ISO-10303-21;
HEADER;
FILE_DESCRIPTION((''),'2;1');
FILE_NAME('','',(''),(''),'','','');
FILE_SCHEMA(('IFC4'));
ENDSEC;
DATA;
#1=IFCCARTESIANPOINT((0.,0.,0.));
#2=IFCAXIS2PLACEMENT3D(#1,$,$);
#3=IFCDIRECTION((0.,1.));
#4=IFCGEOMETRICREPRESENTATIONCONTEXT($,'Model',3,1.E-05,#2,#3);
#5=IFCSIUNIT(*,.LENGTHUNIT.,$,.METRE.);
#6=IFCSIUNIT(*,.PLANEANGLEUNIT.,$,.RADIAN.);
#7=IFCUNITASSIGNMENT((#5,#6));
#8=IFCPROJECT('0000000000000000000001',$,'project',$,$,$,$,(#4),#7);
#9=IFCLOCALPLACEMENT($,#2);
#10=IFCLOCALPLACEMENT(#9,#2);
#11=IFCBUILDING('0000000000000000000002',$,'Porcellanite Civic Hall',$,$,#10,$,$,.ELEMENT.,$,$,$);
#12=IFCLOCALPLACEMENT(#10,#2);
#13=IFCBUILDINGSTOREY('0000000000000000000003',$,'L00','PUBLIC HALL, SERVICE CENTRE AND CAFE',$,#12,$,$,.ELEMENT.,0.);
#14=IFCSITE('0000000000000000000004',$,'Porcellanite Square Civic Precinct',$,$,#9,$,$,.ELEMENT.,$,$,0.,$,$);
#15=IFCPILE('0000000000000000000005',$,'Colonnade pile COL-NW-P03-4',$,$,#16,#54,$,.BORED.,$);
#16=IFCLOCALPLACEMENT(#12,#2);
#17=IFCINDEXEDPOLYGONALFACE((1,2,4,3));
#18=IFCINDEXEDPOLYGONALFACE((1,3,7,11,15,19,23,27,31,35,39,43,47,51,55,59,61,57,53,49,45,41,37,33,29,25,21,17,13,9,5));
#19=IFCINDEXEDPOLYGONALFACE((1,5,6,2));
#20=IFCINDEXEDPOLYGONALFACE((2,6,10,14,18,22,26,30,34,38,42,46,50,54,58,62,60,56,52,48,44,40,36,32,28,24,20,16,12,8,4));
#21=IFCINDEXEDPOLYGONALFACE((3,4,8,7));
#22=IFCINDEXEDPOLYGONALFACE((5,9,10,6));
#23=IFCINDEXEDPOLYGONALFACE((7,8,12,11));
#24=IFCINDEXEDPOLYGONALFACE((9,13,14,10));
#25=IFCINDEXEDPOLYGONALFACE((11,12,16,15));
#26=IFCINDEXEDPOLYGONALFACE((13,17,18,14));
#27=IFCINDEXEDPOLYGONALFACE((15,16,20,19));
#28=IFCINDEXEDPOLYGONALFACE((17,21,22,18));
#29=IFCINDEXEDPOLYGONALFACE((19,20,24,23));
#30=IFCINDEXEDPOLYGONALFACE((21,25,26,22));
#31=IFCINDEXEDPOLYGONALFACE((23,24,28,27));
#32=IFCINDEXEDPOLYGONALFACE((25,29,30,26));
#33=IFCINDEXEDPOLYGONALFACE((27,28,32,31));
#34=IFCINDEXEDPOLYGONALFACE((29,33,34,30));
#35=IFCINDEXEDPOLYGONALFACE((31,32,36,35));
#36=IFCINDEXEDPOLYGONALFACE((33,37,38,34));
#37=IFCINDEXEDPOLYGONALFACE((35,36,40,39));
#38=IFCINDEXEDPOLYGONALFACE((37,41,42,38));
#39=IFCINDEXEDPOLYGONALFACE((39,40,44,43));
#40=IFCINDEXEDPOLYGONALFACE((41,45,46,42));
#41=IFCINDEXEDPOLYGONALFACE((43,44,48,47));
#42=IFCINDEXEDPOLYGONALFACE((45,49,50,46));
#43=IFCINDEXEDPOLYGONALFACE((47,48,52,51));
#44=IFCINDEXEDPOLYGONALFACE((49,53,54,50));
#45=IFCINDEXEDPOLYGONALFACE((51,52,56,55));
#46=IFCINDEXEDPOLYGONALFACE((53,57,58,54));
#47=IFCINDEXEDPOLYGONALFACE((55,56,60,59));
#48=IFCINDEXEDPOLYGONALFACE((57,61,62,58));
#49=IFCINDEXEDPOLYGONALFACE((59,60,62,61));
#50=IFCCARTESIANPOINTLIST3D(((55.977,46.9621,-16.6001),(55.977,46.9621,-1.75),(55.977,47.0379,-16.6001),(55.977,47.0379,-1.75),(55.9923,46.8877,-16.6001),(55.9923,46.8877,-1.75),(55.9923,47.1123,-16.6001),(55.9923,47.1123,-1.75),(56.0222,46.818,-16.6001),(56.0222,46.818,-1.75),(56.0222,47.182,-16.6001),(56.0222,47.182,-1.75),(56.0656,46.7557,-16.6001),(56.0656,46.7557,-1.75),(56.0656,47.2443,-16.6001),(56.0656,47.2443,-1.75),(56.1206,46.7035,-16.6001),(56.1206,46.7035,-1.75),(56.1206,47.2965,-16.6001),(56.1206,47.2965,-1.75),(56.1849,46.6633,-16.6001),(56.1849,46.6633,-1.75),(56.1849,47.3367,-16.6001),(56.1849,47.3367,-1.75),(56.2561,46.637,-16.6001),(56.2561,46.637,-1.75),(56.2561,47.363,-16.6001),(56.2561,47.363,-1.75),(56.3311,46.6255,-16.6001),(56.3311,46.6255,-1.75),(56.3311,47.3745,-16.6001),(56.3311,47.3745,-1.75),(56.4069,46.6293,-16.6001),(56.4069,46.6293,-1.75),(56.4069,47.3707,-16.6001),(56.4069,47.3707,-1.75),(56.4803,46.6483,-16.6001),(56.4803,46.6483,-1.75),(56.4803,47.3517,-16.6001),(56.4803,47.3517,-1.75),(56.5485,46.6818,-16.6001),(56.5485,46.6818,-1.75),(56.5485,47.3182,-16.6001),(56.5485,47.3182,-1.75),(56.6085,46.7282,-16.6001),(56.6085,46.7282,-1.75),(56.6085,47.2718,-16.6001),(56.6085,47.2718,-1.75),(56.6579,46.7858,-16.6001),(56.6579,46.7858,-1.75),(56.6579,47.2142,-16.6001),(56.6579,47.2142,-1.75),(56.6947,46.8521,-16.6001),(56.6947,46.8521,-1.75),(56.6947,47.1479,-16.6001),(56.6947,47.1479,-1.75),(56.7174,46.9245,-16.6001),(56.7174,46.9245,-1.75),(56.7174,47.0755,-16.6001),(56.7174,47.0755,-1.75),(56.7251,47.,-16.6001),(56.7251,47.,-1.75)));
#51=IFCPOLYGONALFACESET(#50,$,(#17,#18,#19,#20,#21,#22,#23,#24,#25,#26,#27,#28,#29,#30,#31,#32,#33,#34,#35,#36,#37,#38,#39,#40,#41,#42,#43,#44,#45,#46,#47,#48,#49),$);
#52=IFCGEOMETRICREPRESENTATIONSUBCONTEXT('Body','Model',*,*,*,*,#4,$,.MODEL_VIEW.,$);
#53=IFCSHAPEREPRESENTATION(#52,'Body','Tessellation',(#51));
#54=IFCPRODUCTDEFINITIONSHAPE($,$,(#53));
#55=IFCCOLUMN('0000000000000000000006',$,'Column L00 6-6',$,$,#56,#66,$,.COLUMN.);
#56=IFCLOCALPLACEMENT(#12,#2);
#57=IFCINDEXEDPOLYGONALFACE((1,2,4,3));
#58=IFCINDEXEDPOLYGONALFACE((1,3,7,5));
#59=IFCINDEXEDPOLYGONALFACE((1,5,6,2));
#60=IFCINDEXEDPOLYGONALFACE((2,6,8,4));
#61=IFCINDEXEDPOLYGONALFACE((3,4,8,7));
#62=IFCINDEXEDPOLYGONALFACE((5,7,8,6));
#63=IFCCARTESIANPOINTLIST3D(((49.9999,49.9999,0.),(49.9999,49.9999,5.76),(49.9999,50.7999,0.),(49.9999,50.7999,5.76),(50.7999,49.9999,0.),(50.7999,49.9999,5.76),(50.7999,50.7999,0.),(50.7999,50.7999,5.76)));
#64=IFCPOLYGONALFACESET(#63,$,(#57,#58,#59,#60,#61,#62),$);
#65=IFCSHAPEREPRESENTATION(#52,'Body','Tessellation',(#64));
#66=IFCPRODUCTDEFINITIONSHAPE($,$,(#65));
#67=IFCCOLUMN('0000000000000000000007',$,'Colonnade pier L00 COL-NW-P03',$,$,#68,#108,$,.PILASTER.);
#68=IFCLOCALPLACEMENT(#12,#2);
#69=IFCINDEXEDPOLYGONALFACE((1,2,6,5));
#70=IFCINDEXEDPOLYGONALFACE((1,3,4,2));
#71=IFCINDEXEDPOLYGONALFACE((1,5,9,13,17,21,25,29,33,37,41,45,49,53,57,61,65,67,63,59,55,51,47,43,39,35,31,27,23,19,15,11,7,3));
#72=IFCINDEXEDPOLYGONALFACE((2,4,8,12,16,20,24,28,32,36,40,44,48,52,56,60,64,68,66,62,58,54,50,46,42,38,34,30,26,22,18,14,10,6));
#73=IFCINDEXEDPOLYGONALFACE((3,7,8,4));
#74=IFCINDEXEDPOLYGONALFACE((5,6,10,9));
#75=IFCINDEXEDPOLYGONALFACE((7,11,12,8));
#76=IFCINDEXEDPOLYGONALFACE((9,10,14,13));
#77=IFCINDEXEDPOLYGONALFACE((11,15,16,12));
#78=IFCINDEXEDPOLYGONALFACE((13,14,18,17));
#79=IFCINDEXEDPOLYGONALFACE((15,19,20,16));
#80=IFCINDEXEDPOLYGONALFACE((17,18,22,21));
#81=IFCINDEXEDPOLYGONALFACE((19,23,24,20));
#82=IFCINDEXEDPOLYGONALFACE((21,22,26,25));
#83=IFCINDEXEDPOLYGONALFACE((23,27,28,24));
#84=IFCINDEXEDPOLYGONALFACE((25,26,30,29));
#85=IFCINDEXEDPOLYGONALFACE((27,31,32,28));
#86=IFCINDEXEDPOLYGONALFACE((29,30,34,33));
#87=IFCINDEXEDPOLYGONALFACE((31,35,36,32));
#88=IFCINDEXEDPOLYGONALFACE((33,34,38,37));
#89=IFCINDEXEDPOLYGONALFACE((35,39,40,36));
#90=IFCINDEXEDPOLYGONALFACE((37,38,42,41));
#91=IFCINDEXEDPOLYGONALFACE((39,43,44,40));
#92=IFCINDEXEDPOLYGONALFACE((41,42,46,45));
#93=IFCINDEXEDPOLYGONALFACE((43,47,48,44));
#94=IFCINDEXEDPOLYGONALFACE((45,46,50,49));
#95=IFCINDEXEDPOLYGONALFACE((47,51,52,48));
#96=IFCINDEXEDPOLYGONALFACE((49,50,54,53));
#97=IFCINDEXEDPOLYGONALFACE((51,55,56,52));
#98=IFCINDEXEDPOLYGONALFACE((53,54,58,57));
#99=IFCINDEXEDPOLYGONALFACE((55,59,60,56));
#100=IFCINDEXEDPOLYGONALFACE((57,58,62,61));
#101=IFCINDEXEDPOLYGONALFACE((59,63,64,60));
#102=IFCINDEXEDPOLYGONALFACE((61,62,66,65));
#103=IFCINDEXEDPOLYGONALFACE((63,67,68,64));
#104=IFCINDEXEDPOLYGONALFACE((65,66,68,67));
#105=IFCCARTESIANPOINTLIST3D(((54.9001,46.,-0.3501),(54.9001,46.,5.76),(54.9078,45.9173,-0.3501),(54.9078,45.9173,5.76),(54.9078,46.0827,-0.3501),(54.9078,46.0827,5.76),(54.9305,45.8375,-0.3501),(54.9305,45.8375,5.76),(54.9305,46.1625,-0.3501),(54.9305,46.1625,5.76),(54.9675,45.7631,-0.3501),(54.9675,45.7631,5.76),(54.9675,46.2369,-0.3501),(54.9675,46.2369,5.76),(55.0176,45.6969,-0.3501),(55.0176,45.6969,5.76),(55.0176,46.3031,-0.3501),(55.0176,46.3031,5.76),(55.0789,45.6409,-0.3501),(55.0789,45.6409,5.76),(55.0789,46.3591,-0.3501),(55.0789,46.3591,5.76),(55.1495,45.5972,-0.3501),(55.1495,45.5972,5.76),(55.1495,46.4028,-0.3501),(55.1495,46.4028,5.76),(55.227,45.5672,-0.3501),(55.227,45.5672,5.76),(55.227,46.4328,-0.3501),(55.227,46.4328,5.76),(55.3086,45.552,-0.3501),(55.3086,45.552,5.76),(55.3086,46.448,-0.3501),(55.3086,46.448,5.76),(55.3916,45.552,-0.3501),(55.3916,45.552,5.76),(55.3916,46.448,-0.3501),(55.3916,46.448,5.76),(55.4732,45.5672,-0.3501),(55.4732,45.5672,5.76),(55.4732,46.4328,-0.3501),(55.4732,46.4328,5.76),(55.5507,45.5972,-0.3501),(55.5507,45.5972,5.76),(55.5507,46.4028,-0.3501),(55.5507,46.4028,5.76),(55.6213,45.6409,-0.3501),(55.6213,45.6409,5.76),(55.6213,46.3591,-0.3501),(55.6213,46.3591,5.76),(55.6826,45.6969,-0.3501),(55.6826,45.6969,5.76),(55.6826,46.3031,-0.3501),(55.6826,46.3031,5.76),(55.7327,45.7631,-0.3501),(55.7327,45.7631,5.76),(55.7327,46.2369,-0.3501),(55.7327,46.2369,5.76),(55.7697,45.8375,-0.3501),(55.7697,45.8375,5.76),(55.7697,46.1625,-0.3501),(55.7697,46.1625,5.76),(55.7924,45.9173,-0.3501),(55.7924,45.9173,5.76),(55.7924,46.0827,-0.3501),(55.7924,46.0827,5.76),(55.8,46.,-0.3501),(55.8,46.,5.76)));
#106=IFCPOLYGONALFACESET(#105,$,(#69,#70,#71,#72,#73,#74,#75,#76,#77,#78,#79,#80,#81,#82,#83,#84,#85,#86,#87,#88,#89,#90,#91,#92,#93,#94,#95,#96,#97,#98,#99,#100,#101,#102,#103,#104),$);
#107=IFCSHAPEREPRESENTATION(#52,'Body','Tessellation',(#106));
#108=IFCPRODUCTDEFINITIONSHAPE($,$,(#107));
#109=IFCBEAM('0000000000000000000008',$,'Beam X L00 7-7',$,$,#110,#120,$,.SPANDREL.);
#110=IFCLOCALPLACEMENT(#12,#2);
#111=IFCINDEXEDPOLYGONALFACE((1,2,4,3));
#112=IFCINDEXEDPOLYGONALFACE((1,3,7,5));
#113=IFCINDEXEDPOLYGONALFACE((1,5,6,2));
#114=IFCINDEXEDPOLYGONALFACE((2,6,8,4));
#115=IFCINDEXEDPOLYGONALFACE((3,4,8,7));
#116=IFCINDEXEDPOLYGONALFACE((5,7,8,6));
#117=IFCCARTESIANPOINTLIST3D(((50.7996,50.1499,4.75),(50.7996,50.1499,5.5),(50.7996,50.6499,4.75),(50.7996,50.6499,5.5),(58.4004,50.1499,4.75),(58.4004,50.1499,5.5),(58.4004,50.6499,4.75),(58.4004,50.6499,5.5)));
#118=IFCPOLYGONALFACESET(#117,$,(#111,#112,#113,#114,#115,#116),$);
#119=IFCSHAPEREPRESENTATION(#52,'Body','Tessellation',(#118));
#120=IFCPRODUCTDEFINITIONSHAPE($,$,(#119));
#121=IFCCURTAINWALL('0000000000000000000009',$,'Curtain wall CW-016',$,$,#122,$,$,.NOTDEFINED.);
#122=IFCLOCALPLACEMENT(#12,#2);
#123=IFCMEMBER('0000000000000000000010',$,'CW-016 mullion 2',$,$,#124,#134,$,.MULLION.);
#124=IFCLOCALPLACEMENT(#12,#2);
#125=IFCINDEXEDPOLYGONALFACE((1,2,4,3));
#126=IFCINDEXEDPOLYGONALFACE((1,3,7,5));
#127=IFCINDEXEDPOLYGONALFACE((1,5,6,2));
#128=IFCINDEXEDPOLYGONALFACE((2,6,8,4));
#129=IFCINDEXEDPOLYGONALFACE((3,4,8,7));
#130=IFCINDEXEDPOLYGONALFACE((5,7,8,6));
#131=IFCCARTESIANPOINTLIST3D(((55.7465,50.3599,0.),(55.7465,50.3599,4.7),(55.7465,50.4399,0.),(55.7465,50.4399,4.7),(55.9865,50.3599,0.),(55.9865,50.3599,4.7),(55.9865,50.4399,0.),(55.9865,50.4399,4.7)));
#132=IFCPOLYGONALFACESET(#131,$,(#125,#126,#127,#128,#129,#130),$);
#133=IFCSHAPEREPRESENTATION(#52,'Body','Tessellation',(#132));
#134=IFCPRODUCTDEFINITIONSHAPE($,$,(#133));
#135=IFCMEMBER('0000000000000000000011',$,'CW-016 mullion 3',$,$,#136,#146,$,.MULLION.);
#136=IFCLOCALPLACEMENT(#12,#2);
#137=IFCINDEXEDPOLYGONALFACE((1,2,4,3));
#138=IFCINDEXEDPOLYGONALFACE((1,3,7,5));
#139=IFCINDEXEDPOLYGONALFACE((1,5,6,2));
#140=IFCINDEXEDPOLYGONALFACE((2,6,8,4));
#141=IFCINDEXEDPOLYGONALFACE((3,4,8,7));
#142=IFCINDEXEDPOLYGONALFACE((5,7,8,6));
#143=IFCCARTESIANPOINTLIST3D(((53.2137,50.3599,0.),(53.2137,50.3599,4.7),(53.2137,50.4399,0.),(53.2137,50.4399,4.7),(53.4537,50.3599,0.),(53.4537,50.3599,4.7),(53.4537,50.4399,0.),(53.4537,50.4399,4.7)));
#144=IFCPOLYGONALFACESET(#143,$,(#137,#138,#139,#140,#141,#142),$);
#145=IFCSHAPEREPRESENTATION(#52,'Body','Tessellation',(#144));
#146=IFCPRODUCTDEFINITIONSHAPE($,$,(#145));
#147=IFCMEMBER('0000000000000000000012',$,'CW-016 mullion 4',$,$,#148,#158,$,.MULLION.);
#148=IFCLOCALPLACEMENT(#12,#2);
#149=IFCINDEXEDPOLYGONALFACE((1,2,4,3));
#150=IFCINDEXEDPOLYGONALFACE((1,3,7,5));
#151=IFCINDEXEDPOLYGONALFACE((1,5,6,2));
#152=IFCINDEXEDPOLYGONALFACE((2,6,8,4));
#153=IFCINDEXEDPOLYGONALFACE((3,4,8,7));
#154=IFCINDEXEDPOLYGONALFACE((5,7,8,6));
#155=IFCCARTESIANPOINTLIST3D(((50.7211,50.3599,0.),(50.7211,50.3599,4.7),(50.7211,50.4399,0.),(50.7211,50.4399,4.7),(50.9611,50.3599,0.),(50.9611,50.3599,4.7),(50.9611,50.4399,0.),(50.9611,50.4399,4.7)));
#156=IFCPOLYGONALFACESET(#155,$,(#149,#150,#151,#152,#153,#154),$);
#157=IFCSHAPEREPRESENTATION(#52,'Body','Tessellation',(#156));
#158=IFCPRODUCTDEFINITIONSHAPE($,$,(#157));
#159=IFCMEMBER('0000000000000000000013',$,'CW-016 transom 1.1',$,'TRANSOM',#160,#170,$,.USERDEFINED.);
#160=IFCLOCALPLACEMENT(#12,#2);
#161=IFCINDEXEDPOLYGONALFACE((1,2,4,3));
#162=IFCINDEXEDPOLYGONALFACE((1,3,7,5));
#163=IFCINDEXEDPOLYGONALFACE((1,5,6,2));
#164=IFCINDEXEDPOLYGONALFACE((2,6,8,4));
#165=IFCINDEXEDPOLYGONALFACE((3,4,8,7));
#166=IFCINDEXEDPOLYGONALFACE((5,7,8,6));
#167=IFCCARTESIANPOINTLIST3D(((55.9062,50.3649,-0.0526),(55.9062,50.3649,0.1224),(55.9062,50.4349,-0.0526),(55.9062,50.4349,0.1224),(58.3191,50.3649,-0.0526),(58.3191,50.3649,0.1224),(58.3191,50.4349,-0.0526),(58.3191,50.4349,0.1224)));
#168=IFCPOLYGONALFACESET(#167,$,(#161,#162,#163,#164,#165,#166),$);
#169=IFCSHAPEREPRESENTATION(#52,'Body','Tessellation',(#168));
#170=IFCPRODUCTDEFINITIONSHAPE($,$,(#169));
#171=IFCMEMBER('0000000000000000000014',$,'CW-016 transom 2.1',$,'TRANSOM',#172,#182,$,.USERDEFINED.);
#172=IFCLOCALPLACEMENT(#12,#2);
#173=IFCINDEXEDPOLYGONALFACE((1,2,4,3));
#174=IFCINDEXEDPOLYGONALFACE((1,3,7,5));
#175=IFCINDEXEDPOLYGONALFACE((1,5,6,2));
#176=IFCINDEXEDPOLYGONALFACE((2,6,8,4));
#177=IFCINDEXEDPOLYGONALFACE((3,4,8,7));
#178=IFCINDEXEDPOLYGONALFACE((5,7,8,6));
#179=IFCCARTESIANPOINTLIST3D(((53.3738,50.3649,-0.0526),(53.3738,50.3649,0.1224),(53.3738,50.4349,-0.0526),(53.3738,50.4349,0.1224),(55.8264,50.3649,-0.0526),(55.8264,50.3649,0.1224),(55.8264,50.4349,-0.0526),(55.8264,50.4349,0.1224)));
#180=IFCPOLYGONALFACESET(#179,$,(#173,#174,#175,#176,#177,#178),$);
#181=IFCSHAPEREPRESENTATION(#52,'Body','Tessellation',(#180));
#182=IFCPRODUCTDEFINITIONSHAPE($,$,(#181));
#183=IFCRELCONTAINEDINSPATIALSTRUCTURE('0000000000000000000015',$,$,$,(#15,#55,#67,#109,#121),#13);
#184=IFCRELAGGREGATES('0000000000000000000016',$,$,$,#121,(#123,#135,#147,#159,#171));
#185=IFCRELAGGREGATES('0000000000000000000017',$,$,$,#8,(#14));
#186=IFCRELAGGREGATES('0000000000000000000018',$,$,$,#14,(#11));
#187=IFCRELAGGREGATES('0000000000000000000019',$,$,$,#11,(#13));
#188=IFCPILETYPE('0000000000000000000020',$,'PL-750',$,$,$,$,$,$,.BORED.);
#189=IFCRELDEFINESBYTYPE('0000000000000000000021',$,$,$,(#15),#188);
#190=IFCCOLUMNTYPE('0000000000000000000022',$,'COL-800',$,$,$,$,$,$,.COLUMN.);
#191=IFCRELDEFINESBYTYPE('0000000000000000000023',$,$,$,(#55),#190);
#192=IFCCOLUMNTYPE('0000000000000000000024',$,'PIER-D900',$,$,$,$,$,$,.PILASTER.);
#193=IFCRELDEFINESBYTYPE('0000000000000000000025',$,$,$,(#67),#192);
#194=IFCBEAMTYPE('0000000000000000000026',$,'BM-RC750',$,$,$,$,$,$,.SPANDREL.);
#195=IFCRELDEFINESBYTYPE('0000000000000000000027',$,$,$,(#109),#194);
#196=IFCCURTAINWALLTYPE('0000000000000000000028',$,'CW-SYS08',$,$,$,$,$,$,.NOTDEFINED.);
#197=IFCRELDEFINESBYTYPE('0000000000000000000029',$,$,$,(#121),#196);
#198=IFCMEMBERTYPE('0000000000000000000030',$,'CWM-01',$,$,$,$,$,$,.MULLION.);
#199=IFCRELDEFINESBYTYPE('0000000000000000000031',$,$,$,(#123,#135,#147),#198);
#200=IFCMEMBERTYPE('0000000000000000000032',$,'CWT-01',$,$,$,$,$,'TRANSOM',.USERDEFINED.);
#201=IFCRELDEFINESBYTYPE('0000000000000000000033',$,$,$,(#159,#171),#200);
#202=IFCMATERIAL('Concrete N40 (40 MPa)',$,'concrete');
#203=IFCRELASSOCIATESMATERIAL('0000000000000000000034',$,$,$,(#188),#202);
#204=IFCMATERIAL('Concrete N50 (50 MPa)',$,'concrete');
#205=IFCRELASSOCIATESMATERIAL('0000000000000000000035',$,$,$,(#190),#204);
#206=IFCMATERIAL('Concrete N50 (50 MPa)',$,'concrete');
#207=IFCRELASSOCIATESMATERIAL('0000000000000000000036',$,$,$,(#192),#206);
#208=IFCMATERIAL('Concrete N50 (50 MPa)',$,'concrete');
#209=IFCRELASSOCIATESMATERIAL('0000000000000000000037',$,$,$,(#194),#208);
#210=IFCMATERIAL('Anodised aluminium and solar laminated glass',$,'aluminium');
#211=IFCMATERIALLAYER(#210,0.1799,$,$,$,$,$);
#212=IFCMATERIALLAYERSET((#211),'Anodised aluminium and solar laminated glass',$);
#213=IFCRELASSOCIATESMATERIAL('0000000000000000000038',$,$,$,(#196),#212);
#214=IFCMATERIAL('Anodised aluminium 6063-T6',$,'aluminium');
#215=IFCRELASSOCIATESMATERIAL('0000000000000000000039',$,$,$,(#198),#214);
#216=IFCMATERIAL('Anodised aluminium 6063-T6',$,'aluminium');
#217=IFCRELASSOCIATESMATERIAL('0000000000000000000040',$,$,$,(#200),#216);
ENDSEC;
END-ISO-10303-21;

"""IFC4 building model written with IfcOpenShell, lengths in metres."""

from ifc_helpers import new_model, si_unit, direction, frame, origin, origin_2d, place, context, subcontext, project, spatial, rectangle, circle, extrude, material, layer, layer_set, material_profile, profile_set, type_object, element, aggregate, save


model = new_model("IFC4")

# Units and contexts
model_context = context("Model", 3, precision=1e-05, world=origin(), true_north=direction((0.0, 1.0)))
body_context = subcontext(model_context, "Body", "Model", "MODEL_VIEW")
ifc_project = project(units=[si_unit("LENGTHUNIT", "METRE"), si_unit("PLANEANGLEUNIT", "RADIAN")], contexts=[model_context])

# Site, building, storey
site_placement = place(None, origin())
site = spatial("IfcSite", under=ifc_project, at=site_placement, Name="Porcellanite Square Civic Precinct", CompositionType="ELEMENT", RefElevation=0.0)
building_placement = place(site_placement, origin())
building = spatial("IfcBuilding", under=site, at=building_placement, Name="Porcellanite Civic Hall", CompositionType="ELEMENT")
storey_placement = place(building_placement, origin())
storey = spatial("IfcBuildingStorey", under=building, at=storey_placement, Name="L00", Description="PUBLIC HALL, SERVICE CENTRE AND CAFE", CompositionType="ELEMENT", Elevation=0.0)

# Pile
ifc_material_1 = material(Name="Concrete N40 (40 MPa)", Category="concrete")
ifc_material_profile_1 = material_profile(ifc_material_1, circle(Radius=0.375, at=origin_2d()), Name="PILE-D750")
ifc_profile_set_1 = profile_set([ifc_material_profile_1], Name="Concrete N40 (40 MPa)")
pile_type = type_object("IfcPileType", Name="PL-750", PredefinedType="BORED", material=ifc_profile_set_1)
for number, where, z_axis, x_axis, name in (
    (1, (56.3501, 47.0, -1.75), (0.0, 0.0, -1.0), (1.0, 0.0, 0.0), "Colonnade pile COL-NW-P03-4"),
):
    element("IfcPile", number, at=place(storey_placement, frame(where, z_axis=z_axis, x_axis=x_axis)), inside=storey, type_object=pile_type, Name=name, PredefinedType="BORED", context=body_context, shape_type="SweptSolid", body=[
        extrude(circle(Radius=0.375, at=origin_2d()), origin(), (0.0, 0.0, 1.0), 14.8501),
    ])

# Columns
ifc_material_2 = material(Name="Concrete N50 (50 MPa)", Category="concrete")
ifc_material_profile_2 = material_profile(ifc_material_2, rectangle(XDim=0.8, YDim=0.8, at=origin_2d()), Name="RC-800x800")
ifc_profile_set_2 = profile_set([ifc_material_profile_2], Name="Concrete N50 (50 MPa)")
column_type_1 = type_object("IfcColumnType", Name="COL-800", PredefinedType="COLUMN", material=ifc_profile_set_2)
column_1_placement = place(storey_placement, frame((50.3999, 50.3999, 0.0), z_axis=(0.0, 0.0, 1.0), x_axis=(1.0, 0.0, 0.0)))
element("IfcColumn", 2, at=column_1_placement, inside=storey, type_object=column_type_1, Name="Column L00 6-6", PredefinedType="COLUMN", context=body_context, shape_type="SweptSolid", body=[
    extrude(rectangle(XDim=0.8, YDim=0.8, at=origin_2d()), origin(), (0.0, 0.0, 1.0), 5.76),
])
ifc_material_3 = material(Name="Concrete N50 (50 MPa)", Category="concrete")
ifc_material_profile_3 = material_profile(ifc_material_3, circle(Radius=0.45, at=origin_2d()), Name="RC-D900")
ifc_profile_set_3 = profile_set([ifc_material_profile_3], Name="Concrete N50 (50 MPa)")
column_type_2 = type_object("IfcColumnType", Name="PIER-D900", PredefinedType="PILASTER", material=ifc_profile_set_3)
column_2_placement = place(storey_placement, frame((55.3501, 46.0, -0.3501), z_axis=(0.0, 0.0, 1.0), x_axis=(1.0, 0.0, 0.0)))
element("IfcColumn", 3, at=column_2_placement, inside=storey, type_object=column_type_2, Name="Colonnade pier L00 COL-NW-P03", PredefinedType="PILASTER", context=body_context, shape_type="SweptSolid", body=[
    extrude(circle(Radius=0.45, at=origin_2d()), origin(), (0.0, 0.0, 1.0), 6.1101),
])

# Beam
ifc_material_4 = material(Name="Concrete N50 (50 MPa)", Category="concrete")
ifc_material_profile_4 = material_profile(ifc_material_4, rectangle(XDim=0.5, YDim=0.75, at=origin_2d()), Name="RC-500x750")
ifc_profile_set_4 = profile_set([ifc_material_profile_4], Name="Concrete N50 (50 MPa)")
beam_type_1 = type_object("IfcBeamType", Name="BM-RC750", PredefinedType="SPANDREL", material=ifc_profile_set_4)
beam_1_placement = place(storey_placement, frame((50.7996, 50.3999, 5.125), z_axis=(1.0, 0.0, 0.0), x_axis=(0.0, 1.0, 0.0)))
element("IfcBeam", 4, at=beam_1_placement, inside=storey, type_object=beam_type_1, Name="Beam X L00 7-7", PredefinedType="SPANDREL", context=body_context, shape_type="SweptSolid", body=[
    extrude(rectangle(XDim=0.5, YDim=0.75, at=origin_2d()), origin(), (0.0, 0.0, 1.0), 7.6008),
])

# Curtain wall, members
ifc_material_5 = material(Name="Anodised aluminium and solar laminated glass", Category="aluminium")
ifc_layer_1 = layer(ifc_material_5, 0.1799)
ifc_layer_set_1 = layer_set([ifc_layer_1], Name="Anodised aluminium and solar laminated glass")
curtain_wall_type = type_object("IfcCurtainWallType", Name="CW-SYS08", PredefinedType="NOTDEFINED", material=ifc_layer_set_1)
curtain_wall_placement = place(storey_placement, origin())
curtain_wall = element("IfcCurtainWall", 5, at=curtain_wall_placement, inside=storey, type_object=curtain_wall_type, Name="Curtain wall CW-016", PredefinedType="NOTDEFINED")
ifc_material_6 = material(Name="Anodised aluminium 6063-T6", Category="aluminium")
ifc_material_profile_5 = material_profile(ifc_material_6, rectangle(XDim=0.0801, YDim=0.24, at=origin_2d()), Name="AL-80x240")
ifc_profile_set_5 = profile_set([ifc_material_profile_5], Name="Anodised aluminium 6063-T6")
member_type_1 = type_object("IfcMemberType", Name="CWM-01", PredefinedType="MULLION", material=ifc_profile_set_5)
member_1_placement = place(storey_placement, frame((55.8665, 50.3999, 0.0), z_axis=(0.0, 0.0, 1.0), x_axis=(0.0, -1.0, 0.0)))
member_1 = element("IfcMember", 6, at=member_1_placement, type_object=member_type_1, Name="CW-016 mullion 2", PredefinedType="MULLION", context=body_context, shape_type="SweptSolid", body=[
    extrude(rectangle(XDim=0.0801, YDim=0.24, at=origin_2d()), origin(), (0.0, 0.0, 1.0), 4.7),
])
member_2_placement = place(storey_placement, frame((53.3337, 50.3999, 0.0), z_axis=(0.0, 0.0, 1.0), x_axis=(0.0, -1.0, 0.0)))
member_2 = element("IfcMember", 7, at=member_2_placement, type_object=member_type_1, Name="CW-016 mullion 3", PredefinedType="MULLION", context=body_context, shape_type="SweptSolid", body=[
    extrude(rectangle(XDim=0.0801, YDim=0.24, at=origin_2d()), origin(), (0.0, 0.0, 1.0), 4.7),
])
member_3_placement = place(storey_placement, frame((50.8411, 50.3999, 0.0), z_axis=(0.0, 0.0, 1.0), x_axis=(0.0, -1.0, 0.0)))
member_3 = element("IfcMember", 8, at=member_3_placement, type_object=member_type_1, Name="CW-016 mullion 4", PredefinedType="MULLION", context=body_context, shape_type="SweptSolid", body=[
    extrude(rectangle(XDim=0.0801, YDim=0.24, at=origin_2d()), origin(), (0.0, 0.0, 1.0), 4.7),
])
ifc_material_7 = material(Name="Anodised aluminium 6063-T6", Category="aluminium")
ifc_material_profile_6 = material_profile(ifc_material_7, rectangle(XDim=0.0701, YDim=0.175, at=origin_2d()), Name="AL-70x175")
ifc_profile_set_6 = profile_set([ifc_material_profile_6], Name="Anodised aluminium 6063-T6")
member_type_2 = type_object("IfcMemberType", Name="CWT-01", ElementType="TRANSOM", PredefinedType="USERDEFINED", material=ifc_profile_set_6)
member_4_placement = place(storey_placement, frame((58.3191, 50.3999, 0.0349), z_axis=(-1.0, 0.0, 0.0), x_axis=(0.0, -1.0, 0.0)))
member_4 = element("IfcMember", 9, at=member_4_placement, type_object=member_type_2, Name="CW-016 transom 1.1", ObjectType="TRANSOM", PredefinedType="USERDEFINED", context=body_context, shape_type="SweptSolid", body=[
    extrude(rectangle(XDim=0.0701, YDim=0.175, at=origin_2d()), origin(), (0.0, 0.0, 1.0), 2.4128),
])
member_5_placement = place(storey_placement, frame((55.8264, 50.3999, 0.0349), z_axis=(-1.0, 0.0, 0.0), x_axis=(0.0, -1.0, 0.0)))
member_5 = element("IfcMember", 10, at=member_5_placement, type_object=member_type_2, Name="CW-016 transom 2.1", ObjectType="TRANSOM", PredefinedType="USERDEFINED", context=body_context, shape_type="SweptSolid", body=[
    extrude(rectangle(XDim=0.0701, YDim=0.175, at=origin_2d()), origin(), (0.0, 0.0, 1.0), 2.4526),
])

aggregate(curtain_wall, [member_1, member_2, member_3, member_4, member_5])

save(model, "model.ifc")
